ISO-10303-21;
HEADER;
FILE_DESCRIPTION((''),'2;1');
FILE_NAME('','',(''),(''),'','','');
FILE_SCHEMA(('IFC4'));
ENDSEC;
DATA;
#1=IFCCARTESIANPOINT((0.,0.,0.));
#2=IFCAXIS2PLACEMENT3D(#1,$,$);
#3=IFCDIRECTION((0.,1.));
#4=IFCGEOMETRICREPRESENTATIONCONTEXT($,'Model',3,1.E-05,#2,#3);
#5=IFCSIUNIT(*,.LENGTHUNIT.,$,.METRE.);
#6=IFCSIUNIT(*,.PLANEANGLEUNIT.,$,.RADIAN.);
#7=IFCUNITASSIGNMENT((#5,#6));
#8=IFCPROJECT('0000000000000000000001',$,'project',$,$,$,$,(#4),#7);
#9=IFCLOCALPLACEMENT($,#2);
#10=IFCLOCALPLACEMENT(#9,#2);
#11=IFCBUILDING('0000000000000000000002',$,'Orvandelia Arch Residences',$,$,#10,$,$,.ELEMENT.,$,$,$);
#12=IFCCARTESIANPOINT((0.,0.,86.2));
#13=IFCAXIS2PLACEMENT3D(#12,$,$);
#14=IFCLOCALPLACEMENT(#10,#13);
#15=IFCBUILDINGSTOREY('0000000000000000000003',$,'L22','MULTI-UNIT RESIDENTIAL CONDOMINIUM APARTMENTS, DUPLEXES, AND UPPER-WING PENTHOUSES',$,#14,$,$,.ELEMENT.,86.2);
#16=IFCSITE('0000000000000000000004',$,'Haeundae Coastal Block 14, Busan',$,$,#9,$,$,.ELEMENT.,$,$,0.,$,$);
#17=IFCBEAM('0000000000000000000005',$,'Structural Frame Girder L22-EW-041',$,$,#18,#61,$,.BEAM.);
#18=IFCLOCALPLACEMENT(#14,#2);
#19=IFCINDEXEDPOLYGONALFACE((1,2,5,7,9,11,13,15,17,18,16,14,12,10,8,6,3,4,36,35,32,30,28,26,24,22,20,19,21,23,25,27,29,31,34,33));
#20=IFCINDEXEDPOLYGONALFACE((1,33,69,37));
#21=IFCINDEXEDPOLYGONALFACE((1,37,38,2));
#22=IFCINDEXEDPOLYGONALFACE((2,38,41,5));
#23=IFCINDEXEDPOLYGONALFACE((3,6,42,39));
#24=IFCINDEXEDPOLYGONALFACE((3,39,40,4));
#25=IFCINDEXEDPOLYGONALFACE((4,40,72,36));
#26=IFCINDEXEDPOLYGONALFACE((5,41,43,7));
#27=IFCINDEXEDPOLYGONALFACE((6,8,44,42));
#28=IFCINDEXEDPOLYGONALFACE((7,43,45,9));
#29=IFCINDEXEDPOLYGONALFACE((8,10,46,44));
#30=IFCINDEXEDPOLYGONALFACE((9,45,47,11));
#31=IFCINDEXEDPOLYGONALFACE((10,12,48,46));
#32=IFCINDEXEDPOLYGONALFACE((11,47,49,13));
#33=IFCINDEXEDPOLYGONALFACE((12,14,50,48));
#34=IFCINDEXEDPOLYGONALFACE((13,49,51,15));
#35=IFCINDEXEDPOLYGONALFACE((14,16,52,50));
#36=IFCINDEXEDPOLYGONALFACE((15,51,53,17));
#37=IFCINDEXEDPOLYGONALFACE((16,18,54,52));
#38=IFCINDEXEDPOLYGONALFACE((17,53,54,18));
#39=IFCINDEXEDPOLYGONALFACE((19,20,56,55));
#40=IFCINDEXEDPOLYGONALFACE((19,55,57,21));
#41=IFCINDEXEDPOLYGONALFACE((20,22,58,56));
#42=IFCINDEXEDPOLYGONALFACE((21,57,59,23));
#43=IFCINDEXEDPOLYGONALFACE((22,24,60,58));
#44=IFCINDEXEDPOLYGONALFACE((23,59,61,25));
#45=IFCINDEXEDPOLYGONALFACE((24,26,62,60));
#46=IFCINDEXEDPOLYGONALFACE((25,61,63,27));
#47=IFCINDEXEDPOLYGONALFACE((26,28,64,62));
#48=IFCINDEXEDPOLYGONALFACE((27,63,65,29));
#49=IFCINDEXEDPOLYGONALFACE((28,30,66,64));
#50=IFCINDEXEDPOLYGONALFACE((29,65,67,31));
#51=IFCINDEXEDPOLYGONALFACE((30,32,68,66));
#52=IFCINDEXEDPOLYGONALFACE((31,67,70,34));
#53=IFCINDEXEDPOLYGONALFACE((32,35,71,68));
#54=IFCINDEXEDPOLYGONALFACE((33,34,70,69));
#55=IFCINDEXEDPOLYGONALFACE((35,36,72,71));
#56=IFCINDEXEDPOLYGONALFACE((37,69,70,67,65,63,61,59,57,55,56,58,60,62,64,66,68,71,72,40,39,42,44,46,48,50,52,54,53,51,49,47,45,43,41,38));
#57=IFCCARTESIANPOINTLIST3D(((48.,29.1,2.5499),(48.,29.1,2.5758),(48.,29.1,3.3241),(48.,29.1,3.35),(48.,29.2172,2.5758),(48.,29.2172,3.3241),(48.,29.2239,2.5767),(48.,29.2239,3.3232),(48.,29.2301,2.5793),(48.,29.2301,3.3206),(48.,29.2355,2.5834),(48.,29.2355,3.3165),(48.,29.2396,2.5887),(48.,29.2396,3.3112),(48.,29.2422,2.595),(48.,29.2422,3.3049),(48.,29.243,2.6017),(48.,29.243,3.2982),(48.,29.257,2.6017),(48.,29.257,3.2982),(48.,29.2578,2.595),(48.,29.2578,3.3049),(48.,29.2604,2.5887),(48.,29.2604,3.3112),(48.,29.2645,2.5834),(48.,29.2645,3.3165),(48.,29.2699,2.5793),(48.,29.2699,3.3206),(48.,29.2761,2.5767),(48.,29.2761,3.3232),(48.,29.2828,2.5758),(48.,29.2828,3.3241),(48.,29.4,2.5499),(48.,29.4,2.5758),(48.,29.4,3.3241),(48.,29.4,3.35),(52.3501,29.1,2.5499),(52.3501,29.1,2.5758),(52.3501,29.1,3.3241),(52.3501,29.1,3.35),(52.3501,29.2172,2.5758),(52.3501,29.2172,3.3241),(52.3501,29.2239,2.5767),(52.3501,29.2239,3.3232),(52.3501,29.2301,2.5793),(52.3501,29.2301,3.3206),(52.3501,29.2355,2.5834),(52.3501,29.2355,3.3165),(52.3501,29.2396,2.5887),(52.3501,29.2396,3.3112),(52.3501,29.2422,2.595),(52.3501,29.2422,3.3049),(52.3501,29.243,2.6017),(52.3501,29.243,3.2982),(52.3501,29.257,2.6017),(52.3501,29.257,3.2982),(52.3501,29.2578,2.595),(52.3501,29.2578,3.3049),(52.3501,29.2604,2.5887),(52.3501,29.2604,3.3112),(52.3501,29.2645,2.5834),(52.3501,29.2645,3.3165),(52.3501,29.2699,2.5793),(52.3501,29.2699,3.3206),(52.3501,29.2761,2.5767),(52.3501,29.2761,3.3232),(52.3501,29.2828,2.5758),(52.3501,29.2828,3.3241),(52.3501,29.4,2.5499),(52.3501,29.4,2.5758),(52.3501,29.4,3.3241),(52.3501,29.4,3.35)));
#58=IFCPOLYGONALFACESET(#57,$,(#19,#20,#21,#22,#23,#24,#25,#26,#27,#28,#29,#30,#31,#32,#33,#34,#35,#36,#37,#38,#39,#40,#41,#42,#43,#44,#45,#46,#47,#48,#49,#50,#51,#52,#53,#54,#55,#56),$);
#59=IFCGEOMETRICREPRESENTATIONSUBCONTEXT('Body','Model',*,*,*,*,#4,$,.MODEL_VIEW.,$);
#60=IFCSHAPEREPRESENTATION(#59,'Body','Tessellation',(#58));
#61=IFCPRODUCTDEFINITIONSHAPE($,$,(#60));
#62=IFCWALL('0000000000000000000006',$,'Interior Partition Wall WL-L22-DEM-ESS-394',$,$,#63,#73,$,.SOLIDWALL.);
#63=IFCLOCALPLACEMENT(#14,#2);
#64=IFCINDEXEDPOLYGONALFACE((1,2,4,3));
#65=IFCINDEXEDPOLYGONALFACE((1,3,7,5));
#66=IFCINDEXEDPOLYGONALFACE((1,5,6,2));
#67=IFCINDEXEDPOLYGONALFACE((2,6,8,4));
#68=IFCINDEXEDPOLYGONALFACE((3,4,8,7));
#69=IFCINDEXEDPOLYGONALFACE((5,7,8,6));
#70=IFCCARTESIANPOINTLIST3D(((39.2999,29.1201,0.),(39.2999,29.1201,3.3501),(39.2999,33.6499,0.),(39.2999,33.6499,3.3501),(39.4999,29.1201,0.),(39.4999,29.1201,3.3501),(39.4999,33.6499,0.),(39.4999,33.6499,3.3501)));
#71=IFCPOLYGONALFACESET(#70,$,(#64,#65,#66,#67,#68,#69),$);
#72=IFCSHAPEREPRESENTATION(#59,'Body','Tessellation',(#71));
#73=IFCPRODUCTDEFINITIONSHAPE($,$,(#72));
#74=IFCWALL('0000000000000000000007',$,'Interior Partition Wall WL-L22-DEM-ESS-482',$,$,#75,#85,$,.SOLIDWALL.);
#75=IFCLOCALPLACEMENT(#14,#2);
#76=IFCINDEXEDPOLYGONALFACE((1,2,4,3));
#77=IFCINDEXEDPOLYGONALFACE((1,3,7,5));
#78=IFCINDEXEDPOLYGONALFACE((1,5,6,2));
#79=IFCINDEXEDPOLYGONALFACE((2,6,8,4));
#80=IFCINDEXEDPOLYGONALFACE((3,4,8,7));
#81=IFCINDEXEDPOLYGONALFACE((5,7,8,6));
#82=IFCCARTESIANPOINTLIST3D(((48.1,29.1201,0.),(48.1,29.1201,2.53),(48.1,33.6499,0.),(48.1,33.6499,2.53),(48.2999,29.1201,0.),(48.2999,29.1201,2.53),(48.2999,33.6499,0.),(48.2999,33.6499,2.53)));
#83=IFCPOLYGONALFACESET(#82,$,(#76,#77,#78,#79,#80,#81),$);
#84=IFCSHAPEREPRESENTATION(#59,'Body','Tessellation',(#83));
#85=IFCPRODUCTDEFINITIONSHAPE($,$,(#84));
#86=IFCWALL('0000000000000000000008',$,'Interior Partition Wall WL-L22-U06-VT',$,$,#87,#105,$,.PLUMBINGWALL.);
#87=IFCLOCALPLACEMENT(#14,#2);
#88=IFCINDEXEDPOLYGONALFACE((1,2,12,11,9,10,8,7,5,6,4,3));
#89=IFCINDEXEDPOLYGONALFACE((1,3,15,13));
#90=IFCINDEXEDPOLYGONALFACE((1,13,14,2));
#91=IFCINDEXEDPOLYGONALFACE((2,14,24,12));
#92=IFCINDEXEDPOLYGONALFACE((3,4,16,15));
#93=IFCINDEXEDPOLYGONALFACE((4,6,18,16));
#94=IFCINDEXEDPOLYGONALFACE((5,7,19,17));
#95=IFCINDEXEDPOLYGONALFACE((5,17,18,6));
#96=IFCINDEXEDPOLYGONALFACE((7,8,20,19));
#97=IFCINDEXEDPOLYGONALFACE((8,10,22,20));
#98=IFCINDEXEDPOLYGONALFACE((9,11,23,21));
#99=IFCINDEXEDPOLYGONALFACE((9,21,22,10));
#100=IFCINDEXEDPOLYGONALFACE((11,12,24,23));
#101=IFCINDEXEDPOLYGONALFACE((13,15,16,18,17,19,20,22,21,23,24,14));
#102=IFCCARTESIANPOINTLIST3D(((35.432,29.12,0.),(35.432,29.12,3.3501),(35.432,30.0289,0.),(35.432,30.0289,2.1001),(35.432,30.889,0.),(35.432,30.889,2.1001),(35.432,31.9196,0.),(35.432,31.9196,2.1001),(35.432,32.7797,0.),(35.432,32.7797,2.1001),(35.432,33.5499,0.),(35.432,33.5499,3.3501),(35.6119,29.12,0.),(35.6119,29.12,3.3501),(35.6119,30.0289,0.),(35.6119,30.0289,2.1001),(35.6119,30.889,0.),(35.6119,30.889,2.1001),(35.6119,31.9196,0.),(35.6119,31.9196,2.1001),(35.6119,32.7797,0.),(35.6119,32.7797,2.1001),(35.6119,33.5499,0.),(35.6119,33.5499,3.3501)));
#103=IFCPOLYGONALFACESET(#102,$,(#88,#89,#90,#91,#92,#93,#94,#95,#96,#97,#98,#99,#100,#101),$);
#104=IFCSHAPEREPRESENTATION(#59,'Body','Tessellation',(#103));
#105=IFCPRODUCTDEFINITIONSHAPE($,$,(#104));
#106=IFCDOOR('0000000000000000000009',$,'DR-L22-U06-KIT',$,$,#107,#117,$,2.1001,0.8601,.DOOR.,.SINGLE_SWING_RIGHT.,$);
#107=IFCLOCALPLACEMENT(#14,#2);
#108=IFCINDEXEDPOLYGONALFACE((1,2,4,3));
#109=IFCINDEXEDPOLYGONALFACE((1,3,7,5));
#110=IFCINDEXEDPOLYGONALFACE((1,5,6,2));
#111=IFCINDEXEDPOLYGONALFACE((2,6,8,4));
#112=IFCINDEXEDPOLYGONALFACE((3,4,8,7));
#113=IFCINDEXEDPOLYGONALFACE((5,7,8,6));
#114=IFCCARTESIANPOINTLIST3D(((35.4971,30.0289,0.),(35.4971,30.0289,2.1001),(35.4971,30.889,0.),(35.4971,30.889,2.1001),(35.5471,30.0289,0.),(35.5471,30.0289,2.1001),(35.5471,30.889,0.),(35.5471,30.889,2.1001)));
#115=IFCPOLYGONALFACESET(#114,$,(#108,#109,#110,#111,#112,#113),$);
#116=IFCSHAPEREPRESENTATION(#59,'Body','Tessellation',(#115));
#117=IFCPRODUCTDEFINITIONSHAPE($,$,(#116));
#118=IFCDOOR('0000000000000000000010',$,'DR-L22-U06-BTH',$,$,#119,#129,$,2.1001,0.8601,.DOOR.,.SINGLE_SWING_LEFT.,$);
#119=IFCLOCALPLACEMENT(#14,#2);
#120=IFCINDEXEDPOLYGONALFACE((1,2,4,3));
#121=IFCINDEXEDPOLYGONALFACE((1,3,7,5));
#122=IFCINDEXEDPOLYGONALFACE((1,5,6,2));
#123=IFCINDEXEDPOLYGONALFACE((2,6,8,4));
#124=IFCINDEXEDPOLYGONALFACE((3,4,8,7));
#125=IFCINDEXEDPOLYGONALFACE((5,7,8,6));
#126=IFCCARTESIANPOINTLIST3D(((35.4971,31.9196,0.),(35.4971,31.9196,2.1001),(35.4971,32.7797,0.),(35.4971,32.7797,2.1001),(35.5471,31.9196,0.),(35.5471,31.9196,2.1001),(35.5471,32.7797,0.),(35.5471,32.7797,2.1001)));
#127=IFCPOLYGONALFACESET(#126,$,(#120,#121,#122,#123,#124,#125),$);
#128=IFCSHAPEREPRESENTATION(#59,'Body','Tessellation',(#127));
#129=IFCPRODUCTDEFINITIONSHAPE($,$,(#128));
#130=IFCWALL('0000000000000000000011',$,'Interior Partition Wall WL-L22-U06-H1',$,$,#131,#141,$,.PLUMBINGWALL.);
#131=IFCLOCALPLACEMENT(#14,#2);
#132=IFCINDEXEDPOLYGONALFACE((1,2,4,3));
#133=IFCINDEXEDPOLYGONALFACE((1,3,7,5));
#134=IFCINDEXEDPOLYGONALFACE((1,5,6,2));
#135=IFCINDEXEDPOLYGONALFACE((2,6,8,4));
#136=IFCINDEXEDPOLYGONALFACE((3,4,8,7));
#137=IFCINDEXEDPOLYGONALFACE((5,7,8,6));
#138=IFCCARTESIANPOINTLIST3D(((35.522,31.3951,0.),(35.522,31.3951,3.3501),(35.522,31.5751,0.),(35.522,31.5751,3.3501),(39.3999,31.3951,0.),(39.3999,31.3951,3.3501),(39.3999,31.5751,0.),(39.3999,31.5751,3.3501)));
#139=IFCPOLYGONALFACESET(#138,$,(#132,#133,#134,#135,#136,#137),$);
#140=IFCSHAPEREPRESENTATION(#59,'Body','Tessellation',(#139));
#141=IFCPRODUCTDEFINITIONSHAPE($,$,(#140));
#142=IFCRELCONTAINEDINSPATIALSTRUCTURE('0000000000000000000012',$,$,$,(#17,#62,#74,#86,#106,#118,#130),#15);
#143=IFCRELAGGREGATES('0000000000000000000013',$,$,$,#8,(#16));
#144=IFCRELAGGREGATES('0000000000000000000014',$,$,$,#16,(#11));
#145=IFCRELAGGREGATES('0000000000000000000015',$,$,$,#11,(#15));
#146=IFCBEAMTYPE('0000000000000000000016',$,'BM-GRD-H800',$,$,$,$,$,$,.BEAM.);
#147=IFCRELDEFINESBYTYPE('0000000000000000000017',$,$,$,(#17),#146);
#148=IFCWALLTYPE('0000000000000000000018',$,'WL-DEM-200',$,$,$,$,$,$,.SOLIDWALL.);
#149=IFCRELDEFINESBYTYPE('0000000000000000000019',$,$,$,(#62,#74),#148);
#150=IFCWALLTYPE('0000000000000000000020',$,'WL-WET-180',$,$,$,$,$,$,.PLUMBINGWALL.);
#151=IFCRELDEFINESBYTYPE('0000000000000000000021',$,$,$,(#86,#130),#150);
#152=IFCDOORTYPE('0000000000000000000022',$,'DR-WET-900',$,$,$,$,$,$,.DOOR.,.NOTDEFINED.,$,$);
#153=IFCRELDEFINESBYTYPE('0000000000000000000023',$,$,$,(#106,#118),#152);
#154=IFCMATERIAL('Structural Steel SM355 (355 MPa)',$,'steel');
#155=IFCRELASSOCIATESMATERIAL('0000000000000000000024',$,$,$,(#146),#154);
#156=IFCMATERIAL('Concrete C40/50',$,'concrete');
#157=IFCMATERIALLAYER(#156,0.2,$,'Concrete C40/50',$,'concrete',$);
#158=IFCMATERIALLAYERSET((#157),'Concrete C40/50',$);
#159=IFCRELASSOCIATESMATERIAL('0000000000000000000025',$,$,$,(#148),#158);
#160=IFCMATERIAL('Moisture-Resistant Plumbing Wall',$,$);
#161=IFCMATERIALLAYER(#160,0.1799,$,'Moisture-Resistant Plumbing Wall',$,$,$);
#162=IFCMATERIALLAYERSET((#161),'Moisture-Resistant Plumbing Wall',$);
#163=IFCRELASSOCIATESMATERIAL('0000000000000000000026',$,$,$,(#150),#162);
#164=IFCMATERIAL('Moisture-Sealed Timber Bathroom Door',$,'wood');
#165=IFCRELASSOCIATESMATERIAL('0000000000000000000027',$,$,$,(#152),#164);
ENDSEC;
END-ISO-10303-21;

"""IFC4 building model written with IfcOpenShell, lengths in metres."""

from ifc_helpers import new_model, si_unit, direction, frame, frame_2d, origin, origin_2d, place, context, subcontext, project, spatial, rectangle, i_section, extrude, material, layer, layer_set, material_profile, profile_set, type_object, element, fill, save


model = new_model("IFC4")

# Units and contexts
model_context = context("Model", 3, precision=1e-05, world=origin(), true_north=direction((0.0, 1.0)))
body_context = subcontext(model_context, "Body", "Model", "MODEL_VIEW")
ifc_project = project(units=[si_unit("LENGTHUNIT", "METRE"), si_unit("PLANEANGLEUNIT", "RADIAN")], contexts=[model_context])

# Site, building, storey
site_placement = place(None, origin())
site = spatial("IfcSite", under=ifc_project, at=site_placement, Name="Haeundae Coastal Block 14, Busan", CompositionType="ELEMENT", RefElevation=0.0)
building_placement = place(site_placement, origin())
building = spatial("IfcBuilding", under=site, at=building_placement, Name="Orvandelia Arch Residences", CompositionType="ELEMENT")
storey_placement = place(building_placement, frame((0.0, 0.0, 86.2)))
storey = spatial("IfcBuildingStorey", under=building, at=storey_placement, Name="L22", Description="MULTI-UNIT RESIDENTIAL CONDOMINIUM APARTMENTS, DUPLEXES, AND UPPER-WING PENTHOUSES", CompositionType="ELEMENT", Elevation=86.2)

# Beam
ifc_material_1 = material(Name="Structural Steel SM355 (355 MPa)", Category="steel")
ifc_material_profile_1 = material_profile(ifc_material_1, i_section(OverallWidth=0.3, OverallDepth=0.8, WebThickness=0.0139, FlangeThickness=0.0259, FilletRadius=0.0259, at=origin_2d()), Name="Structural Steel SM355 (355 MPa)", Category="steel")
ifc_profile_set_1 = profile_set([ifc_material_profile_1], Name="Structural Steel SM355 (355 MPa)")
beam_type = type_object("IfcBeamType", Name="BM-GRD-H800", PredefinedType="BEAM", material=ifc_profile_set_1)
beam_1_placement = place(storey_placement, frame((48.0, 29.25, 2.95), z_axis=(1.0, 0.0, 0.0), x_axis=(0.0, 1.0, 0.0)))
element("IfcBeam", 1, at=beam_1_placement, inside=storey, type_object=beam_type, Name="Structural Frame Girder L22-EW-041", PredefinedType="BEAM", context=body_context, shape_type="SweptSolid", body=[
    extrude(i_section(OverallWidth=0.3, OverallDepth=0.8, WebThickness=0.0139, FlangeThickness=0.0259, FilletRadius=0.0259, at=origin_2d()), origin(), (0.0, 0.0, 1.0), 4.3501),
])

# Walls
ifc_material_2 = material(Name="Concrete C40/50", Category="concrete")
ifc_layer_1 = layer(ifc_material_2, 0.2, Name="Concrete C40/50", Category="concrete")
ifc_layer_set_1 = layer_set([ifc_layer_1], Name="Concrete C40/50")
wall_type_1 = type_object("IfcWallType", Name="WL-DEM-200", PredefinedType="SOLIDWALL", material=ifc_layer_set_1)
wall_1_placement = place(storey_placement, frame((39.3999, 29.1201, 0.0), z_axis=(0.0, 0.0, 1.0), x_axis=(0.0, 1.0, 0.0)))
element("IfcWall", 2, at=wall_1_placement, inside=storey, type_object=wall_type_1, Name="Interior Partition Wall WL-L22-DEM-ESS-394", PredefinedType="SOLIDWALL", context=body_context, shape_type="SweptSolid", body=[
    extrude(rectangle(XDim=4.5298, YDim=0.2, at=frame_2d((2.2649, 0.0))), origin(), (0.0, 0.0, 1.0), 3.3501),
])
wall_2_placement = place(storey_placement, frame((48.2, 29.1201, 0.0), z_axis=(0.0, 0.0, 1.0), x_axis=(0.0, 1.0, 0.0)))
element("IfcWall", 3, at=wall_2_placement, inside=storey, type_object=wall_type_1, Name="Interior Partition Wall WL-L22-DEM-ESS-482", PredefinedType="SOLIDWALL", context=body_context, shape_type="SweptSolid", body=[
    extrude(rectangle(XDim=4.5298, YDim=0.2, at=frame_2d((2.2649, 0.0))), origin(), (0.0, 0.0, 1.0), 2.53),
])

# Wall, openings, doors
ifc_material_3 = material(Name="Moisture-Resistant Plumbing Wall")
ifc_layer_2 = layer(ifc_material_3, 0.1799, Name="Moisture-Resistant Plumbing Wall")
ifc_layer_set_2 = layer_set([ifc_layer_2], Name="Moisture-Resistant Plumbing Wall")
wall_type_2 = type_object("IfcWallType", Name="WL-WET-180", PredefinedType="PLUMBINGWALL", material=ifc_layer_set_2)
wall_3_placement = place(storey_placement, frame((35.522, 29.1201, 0.0), z_axis=(0.0, 0.0, 1.0), x_axis=(0.0, 1.0, 0.0)))
wall_3 = element("IfcWall", 4, at=wall_3_placement, inside=storey, type_object=wall_type_2, Name="Interior Partition Wall WL-L22-U06-VT", PredefinedType="PLUMBINGWALL", context=body_context, shape_type="SweptSolid", body=[
    extrude(rectangle(XDim=4.4299, YDim=0.1799, at=frame_2d((2.2148, 0.0))), origin(), (0.0, 0.0, 1.0), 3.3501),
])
opening_1_placement = place(wall_3_placement, frame((0.9087, 0.0, 0.0)))
opening_1 = element("IfcOpeningElement", 5, at=opening_1_placement, cuts=wall_3, PredefinedType="OPENING", context=body_context, shape_type="SweptSolid", body=[
    extrude(rectangle(XDim=0.8601, YDim=2.1001, at=frame_2d((0.4302, 1.05))), frame((0.0, 0.1001, 0.0), z_axis=(0.0, -1.0, 0.0), x_axis=(1.0, 0.0, 0.0)), (0.0, 0.0, 1.0), 0.2),
])
opening_2_placement = place(wall_3_placement, frame((2.7993, 0.0, 0.0)))
opening_2 = element("IfcOpeningElement", 6, at=opening_2_placement, cuts=wall_3, PredefinedType="OPENING", context=body_context, shape_type="SweptSolid", body=[
    extrude(rectangle(XDim=0.8601, YDim=2.1001, at=frame_2d((0.4302, 1.05))), frame((0.0, 0.1001, 0.0), z_axis=(0.0, -1.0, 0.0), x_axis=(1.0, 0.0, 0.0)), (0.0, 0.0, 1.0), 0.2),
])
ifc_material_4 = material(Name="Moisture-Sealed Timber Bathroom Door", Category="wood")
door_type = type_object("IfcDoorType", Name="DR-WET-900", OperationType="NOTDEFINED", PredefinedType="DOOR", material=ifc_material_4)
door_1_placement = place(opening_1_placement, origin())
door_1 = element("IfcDoor", 7, at=door_1_placement, inside=storey, type_object=door_type, Name="DR-L22-U06-KIT", OperationType="SINGLE_SWING_RIGHT", OverallHeight=2.1001, OverallWidth=0.8601, PredefinedType="DOOR", context=body_context, shape_type="SweptSolid", body=[
    extrude(rectangle(XDim=0.8601, YDim=2.1001, at=frame_2d((0.4302, 1.05))), frame((0.0, 0.0249, 0.0), z_axis=(0.0, -1.0, 0.0), x_axis=(1.0, 0.0, 0.0)), (0.0, 0.0, 1.0), 0.05),
])
fill(opening_1, door_1)
door_2_placement = place(opening_2_placement, origin())
door_2 = element("IfcDoor", 8, at=door_2_placement, inside=storey, type_object=door_type, Name="DR-L22-U06-BTH", OperationType="SINGLE_SWING_LEFT", OverallHeight=2.1001, OverallWidth=0.8601, PredefinedType="DOOR", context=body_context, shape_type="SweptSolid", body=[
    extrude(rectangle(XDim=0.8601, YDim=2.1001, at=frame_2d((0.4302, 1.05))), frame((0.0, 0.0249, 0.0), z_axis=(0.0, -1.0, 0.0), x_axis=(1.0, 0.0, 0.0)), (0.0, 0.0, 1.0), 0.05),
])
fill(opening_2, door_2)

# Wall
wall_4_placement = place(storey_placement, frame((35.522, 31.4851, 0.0), z_axis=(0.0, 0.0, 1.0), x_axis=(1.0, 0.0, 0.0)))
element("IfcWall", 9, at=wall_4_placement, inside=storey, type_object=wall_type_2, Name="Interior Partition Wall WL-L22-U06-H1", PredefinedType="PLUMBINGWALL", context=body_context, shape_type="SweptSolid", body=[
    extrude(rectangle(XDim=3.8779, YDim=0.1799, at=frame_2d((1.939, 0.0))), origin(), (0.0, 0.0, 1.0), 3.3501),
])

save(model, "model.ifc")
